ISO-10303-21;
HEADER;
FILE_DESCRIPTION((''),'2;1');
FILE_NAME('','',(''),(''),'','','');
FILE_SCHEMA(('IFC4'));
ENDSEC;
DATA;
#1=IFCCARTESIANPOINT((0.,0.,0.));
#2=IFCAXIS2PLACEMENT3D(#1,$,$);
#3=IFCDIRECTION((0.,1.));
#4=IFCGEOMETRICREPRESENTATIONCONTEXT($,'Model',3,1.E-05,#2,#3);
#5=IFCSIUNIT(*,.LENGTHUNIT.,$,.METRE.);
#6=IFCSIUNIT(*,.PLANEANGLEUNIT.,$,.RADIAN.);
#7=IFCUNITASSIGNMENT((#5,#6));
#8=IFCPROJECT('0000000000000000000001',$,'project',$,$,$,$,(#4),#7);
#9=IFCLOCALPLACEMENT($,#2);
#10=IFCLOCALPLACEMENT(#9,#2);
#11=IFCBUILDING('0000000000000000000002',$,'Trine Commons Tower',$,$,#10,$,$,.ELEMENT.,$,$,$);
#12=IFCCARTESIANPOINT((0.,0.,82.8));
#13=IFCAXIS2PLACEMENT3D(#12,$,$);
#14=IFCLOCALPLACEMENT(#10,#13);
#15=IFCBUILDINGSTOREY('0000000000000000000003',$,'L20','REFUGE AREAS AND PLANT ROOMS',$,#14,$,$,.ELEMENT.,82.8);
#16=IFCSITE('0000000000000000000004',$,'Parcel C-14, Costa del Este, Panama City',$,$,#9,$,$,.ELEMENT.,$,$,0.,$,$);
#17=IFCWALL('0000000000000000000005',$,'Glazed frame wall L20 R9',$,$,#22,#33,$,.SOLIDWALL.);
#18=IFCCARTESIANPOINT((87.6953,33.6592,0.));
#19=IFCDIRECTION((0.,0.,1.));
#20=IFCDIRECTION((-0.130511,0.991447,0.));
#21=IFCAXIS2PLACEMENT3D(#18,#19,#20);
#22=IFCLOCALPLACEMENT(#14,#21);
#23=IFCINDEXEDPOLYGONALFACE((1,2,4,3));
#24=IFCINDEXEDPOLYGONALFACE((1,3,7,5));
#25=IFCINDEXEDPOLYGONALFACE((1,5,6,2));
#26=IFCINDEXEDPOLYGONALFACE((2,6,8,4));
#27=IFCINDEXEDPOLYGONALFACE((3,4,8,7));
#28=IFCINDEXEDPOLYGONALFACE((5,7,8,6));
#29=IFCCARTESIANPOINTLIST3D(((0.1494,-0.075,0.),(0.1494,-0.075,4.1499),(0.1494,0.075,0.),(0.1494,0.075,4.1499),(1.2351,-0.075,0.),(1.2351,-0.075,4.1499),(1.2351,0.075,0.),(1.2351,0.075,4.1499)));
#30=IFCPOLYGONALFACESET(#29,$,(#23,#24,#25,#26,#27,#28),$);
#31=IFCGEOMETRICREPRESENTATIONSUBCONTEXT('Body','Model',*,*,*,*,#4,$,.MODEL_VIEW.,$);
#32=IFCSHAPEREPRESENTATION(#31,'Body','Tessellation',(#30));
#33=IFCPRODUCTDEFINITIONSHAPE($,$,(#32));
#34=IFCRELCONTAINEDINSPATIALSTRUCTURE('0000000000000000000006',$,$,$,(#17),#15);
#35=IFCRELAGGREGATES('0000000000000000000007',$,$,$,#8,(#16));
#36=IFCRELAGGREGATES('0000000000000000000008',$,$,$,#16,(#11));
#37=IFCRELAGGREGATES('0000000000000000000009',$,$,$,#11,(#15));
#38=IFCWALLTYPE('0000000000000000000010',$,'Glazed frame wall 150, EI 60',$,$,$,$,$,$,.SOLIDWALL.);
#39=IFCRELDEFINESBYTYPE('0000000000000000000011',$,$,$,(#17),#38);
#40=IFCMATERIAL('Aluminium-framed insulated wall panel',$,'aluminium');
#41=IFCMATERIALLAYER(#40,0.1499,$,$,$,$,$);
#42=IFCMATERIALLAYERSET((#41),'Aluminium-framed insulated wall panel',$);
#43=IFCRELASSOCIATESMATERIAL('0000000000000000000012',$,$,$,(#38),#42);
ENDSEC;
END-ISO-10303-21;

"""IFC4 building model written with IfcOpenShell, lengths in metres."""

from ifc_helpers import new_model, si_unit, direction, frame, origin, place, context, subcontext, project, spatial, polyline, outline, extrude, material, layer, layer_set, type_object, element, save


model = new_model("IFC4")

# Units and contexts
model_context = context("Model", 3, precision=1e-05, world=origin(), true_north=direction((0.0, 1.0)))
body_context = subcontext(model_context, "Body", "Model", "MODEL_VIEW")
ifc_project = project(units=[si_unit("LENGTHUNIT", "METRE"), si_unit("PLANEANGLEUNIT", "RADIAN")], contexts=[model_context])

# Site, building, storey
site_placement = place(None, origin())
site = spatial("IfcSite", under=ifc_project, at=site_placement, Name="Parcel C-14, Costa del Este, Panama City", CompositionType="ELEMENT", RefElevation=0.0)
building_placement = place(site_placement, origin())
building = spatial("IfcBuilding", under=site, at=building_placement, Name="Trine Commons Tower", CompositionType="ELEMENT")
storey_placement = place(building_placement, frame((0.0, 0.0, 82.8)))
storey = spatial("IfcBuildingStorey", under=building, at=storey_placement, Name="L20", Description="REFUGE AREAS AND PLANT ROOMS", CompositionType="ELEMENT", Elevation=82.8)

# Wall
ifc_material_1 = material(Name="Aluminium-framed insulated wall panel", Category="aluminium")
ifc_layer_1 = layer(ifc_material_1, 0.1499)
ifc_layer_set_1 = layer_set([ifc_layer_1], Name="Aluminium-framed insulated wall panel")
wall_type = type_object("IfcWallType", Name="Glazed frame wall 150, EI 60", PredefinedType="SOLIDWALL", material=ifc_layer_set_1)
wall_placement = place(storey_placement, frame((87.6953, 33.6592, 0.0), z_axis=(0.0, 0.0, 1.0), x_axis=(-0.130511, 0.991447, 0.0)))
element("IfcWall", 1, at=wall_placement, inside=storey, type_object=wall_type, Name="Glazed frame wall L20 R9", PredefinedType="SOLIDWALL", context=body_context, shape_type="SweptSolid", body=[
    extrude(outline(polyline([(0.1494, 0.075), (0.1494, -0.075), (1.2351, -0.075), (1.2351, 0.075), (0.1494, 0.075)])), origin(), (0.0, 0.0, 1.0), 4.1499),
])

save(model, "model.ifc")
